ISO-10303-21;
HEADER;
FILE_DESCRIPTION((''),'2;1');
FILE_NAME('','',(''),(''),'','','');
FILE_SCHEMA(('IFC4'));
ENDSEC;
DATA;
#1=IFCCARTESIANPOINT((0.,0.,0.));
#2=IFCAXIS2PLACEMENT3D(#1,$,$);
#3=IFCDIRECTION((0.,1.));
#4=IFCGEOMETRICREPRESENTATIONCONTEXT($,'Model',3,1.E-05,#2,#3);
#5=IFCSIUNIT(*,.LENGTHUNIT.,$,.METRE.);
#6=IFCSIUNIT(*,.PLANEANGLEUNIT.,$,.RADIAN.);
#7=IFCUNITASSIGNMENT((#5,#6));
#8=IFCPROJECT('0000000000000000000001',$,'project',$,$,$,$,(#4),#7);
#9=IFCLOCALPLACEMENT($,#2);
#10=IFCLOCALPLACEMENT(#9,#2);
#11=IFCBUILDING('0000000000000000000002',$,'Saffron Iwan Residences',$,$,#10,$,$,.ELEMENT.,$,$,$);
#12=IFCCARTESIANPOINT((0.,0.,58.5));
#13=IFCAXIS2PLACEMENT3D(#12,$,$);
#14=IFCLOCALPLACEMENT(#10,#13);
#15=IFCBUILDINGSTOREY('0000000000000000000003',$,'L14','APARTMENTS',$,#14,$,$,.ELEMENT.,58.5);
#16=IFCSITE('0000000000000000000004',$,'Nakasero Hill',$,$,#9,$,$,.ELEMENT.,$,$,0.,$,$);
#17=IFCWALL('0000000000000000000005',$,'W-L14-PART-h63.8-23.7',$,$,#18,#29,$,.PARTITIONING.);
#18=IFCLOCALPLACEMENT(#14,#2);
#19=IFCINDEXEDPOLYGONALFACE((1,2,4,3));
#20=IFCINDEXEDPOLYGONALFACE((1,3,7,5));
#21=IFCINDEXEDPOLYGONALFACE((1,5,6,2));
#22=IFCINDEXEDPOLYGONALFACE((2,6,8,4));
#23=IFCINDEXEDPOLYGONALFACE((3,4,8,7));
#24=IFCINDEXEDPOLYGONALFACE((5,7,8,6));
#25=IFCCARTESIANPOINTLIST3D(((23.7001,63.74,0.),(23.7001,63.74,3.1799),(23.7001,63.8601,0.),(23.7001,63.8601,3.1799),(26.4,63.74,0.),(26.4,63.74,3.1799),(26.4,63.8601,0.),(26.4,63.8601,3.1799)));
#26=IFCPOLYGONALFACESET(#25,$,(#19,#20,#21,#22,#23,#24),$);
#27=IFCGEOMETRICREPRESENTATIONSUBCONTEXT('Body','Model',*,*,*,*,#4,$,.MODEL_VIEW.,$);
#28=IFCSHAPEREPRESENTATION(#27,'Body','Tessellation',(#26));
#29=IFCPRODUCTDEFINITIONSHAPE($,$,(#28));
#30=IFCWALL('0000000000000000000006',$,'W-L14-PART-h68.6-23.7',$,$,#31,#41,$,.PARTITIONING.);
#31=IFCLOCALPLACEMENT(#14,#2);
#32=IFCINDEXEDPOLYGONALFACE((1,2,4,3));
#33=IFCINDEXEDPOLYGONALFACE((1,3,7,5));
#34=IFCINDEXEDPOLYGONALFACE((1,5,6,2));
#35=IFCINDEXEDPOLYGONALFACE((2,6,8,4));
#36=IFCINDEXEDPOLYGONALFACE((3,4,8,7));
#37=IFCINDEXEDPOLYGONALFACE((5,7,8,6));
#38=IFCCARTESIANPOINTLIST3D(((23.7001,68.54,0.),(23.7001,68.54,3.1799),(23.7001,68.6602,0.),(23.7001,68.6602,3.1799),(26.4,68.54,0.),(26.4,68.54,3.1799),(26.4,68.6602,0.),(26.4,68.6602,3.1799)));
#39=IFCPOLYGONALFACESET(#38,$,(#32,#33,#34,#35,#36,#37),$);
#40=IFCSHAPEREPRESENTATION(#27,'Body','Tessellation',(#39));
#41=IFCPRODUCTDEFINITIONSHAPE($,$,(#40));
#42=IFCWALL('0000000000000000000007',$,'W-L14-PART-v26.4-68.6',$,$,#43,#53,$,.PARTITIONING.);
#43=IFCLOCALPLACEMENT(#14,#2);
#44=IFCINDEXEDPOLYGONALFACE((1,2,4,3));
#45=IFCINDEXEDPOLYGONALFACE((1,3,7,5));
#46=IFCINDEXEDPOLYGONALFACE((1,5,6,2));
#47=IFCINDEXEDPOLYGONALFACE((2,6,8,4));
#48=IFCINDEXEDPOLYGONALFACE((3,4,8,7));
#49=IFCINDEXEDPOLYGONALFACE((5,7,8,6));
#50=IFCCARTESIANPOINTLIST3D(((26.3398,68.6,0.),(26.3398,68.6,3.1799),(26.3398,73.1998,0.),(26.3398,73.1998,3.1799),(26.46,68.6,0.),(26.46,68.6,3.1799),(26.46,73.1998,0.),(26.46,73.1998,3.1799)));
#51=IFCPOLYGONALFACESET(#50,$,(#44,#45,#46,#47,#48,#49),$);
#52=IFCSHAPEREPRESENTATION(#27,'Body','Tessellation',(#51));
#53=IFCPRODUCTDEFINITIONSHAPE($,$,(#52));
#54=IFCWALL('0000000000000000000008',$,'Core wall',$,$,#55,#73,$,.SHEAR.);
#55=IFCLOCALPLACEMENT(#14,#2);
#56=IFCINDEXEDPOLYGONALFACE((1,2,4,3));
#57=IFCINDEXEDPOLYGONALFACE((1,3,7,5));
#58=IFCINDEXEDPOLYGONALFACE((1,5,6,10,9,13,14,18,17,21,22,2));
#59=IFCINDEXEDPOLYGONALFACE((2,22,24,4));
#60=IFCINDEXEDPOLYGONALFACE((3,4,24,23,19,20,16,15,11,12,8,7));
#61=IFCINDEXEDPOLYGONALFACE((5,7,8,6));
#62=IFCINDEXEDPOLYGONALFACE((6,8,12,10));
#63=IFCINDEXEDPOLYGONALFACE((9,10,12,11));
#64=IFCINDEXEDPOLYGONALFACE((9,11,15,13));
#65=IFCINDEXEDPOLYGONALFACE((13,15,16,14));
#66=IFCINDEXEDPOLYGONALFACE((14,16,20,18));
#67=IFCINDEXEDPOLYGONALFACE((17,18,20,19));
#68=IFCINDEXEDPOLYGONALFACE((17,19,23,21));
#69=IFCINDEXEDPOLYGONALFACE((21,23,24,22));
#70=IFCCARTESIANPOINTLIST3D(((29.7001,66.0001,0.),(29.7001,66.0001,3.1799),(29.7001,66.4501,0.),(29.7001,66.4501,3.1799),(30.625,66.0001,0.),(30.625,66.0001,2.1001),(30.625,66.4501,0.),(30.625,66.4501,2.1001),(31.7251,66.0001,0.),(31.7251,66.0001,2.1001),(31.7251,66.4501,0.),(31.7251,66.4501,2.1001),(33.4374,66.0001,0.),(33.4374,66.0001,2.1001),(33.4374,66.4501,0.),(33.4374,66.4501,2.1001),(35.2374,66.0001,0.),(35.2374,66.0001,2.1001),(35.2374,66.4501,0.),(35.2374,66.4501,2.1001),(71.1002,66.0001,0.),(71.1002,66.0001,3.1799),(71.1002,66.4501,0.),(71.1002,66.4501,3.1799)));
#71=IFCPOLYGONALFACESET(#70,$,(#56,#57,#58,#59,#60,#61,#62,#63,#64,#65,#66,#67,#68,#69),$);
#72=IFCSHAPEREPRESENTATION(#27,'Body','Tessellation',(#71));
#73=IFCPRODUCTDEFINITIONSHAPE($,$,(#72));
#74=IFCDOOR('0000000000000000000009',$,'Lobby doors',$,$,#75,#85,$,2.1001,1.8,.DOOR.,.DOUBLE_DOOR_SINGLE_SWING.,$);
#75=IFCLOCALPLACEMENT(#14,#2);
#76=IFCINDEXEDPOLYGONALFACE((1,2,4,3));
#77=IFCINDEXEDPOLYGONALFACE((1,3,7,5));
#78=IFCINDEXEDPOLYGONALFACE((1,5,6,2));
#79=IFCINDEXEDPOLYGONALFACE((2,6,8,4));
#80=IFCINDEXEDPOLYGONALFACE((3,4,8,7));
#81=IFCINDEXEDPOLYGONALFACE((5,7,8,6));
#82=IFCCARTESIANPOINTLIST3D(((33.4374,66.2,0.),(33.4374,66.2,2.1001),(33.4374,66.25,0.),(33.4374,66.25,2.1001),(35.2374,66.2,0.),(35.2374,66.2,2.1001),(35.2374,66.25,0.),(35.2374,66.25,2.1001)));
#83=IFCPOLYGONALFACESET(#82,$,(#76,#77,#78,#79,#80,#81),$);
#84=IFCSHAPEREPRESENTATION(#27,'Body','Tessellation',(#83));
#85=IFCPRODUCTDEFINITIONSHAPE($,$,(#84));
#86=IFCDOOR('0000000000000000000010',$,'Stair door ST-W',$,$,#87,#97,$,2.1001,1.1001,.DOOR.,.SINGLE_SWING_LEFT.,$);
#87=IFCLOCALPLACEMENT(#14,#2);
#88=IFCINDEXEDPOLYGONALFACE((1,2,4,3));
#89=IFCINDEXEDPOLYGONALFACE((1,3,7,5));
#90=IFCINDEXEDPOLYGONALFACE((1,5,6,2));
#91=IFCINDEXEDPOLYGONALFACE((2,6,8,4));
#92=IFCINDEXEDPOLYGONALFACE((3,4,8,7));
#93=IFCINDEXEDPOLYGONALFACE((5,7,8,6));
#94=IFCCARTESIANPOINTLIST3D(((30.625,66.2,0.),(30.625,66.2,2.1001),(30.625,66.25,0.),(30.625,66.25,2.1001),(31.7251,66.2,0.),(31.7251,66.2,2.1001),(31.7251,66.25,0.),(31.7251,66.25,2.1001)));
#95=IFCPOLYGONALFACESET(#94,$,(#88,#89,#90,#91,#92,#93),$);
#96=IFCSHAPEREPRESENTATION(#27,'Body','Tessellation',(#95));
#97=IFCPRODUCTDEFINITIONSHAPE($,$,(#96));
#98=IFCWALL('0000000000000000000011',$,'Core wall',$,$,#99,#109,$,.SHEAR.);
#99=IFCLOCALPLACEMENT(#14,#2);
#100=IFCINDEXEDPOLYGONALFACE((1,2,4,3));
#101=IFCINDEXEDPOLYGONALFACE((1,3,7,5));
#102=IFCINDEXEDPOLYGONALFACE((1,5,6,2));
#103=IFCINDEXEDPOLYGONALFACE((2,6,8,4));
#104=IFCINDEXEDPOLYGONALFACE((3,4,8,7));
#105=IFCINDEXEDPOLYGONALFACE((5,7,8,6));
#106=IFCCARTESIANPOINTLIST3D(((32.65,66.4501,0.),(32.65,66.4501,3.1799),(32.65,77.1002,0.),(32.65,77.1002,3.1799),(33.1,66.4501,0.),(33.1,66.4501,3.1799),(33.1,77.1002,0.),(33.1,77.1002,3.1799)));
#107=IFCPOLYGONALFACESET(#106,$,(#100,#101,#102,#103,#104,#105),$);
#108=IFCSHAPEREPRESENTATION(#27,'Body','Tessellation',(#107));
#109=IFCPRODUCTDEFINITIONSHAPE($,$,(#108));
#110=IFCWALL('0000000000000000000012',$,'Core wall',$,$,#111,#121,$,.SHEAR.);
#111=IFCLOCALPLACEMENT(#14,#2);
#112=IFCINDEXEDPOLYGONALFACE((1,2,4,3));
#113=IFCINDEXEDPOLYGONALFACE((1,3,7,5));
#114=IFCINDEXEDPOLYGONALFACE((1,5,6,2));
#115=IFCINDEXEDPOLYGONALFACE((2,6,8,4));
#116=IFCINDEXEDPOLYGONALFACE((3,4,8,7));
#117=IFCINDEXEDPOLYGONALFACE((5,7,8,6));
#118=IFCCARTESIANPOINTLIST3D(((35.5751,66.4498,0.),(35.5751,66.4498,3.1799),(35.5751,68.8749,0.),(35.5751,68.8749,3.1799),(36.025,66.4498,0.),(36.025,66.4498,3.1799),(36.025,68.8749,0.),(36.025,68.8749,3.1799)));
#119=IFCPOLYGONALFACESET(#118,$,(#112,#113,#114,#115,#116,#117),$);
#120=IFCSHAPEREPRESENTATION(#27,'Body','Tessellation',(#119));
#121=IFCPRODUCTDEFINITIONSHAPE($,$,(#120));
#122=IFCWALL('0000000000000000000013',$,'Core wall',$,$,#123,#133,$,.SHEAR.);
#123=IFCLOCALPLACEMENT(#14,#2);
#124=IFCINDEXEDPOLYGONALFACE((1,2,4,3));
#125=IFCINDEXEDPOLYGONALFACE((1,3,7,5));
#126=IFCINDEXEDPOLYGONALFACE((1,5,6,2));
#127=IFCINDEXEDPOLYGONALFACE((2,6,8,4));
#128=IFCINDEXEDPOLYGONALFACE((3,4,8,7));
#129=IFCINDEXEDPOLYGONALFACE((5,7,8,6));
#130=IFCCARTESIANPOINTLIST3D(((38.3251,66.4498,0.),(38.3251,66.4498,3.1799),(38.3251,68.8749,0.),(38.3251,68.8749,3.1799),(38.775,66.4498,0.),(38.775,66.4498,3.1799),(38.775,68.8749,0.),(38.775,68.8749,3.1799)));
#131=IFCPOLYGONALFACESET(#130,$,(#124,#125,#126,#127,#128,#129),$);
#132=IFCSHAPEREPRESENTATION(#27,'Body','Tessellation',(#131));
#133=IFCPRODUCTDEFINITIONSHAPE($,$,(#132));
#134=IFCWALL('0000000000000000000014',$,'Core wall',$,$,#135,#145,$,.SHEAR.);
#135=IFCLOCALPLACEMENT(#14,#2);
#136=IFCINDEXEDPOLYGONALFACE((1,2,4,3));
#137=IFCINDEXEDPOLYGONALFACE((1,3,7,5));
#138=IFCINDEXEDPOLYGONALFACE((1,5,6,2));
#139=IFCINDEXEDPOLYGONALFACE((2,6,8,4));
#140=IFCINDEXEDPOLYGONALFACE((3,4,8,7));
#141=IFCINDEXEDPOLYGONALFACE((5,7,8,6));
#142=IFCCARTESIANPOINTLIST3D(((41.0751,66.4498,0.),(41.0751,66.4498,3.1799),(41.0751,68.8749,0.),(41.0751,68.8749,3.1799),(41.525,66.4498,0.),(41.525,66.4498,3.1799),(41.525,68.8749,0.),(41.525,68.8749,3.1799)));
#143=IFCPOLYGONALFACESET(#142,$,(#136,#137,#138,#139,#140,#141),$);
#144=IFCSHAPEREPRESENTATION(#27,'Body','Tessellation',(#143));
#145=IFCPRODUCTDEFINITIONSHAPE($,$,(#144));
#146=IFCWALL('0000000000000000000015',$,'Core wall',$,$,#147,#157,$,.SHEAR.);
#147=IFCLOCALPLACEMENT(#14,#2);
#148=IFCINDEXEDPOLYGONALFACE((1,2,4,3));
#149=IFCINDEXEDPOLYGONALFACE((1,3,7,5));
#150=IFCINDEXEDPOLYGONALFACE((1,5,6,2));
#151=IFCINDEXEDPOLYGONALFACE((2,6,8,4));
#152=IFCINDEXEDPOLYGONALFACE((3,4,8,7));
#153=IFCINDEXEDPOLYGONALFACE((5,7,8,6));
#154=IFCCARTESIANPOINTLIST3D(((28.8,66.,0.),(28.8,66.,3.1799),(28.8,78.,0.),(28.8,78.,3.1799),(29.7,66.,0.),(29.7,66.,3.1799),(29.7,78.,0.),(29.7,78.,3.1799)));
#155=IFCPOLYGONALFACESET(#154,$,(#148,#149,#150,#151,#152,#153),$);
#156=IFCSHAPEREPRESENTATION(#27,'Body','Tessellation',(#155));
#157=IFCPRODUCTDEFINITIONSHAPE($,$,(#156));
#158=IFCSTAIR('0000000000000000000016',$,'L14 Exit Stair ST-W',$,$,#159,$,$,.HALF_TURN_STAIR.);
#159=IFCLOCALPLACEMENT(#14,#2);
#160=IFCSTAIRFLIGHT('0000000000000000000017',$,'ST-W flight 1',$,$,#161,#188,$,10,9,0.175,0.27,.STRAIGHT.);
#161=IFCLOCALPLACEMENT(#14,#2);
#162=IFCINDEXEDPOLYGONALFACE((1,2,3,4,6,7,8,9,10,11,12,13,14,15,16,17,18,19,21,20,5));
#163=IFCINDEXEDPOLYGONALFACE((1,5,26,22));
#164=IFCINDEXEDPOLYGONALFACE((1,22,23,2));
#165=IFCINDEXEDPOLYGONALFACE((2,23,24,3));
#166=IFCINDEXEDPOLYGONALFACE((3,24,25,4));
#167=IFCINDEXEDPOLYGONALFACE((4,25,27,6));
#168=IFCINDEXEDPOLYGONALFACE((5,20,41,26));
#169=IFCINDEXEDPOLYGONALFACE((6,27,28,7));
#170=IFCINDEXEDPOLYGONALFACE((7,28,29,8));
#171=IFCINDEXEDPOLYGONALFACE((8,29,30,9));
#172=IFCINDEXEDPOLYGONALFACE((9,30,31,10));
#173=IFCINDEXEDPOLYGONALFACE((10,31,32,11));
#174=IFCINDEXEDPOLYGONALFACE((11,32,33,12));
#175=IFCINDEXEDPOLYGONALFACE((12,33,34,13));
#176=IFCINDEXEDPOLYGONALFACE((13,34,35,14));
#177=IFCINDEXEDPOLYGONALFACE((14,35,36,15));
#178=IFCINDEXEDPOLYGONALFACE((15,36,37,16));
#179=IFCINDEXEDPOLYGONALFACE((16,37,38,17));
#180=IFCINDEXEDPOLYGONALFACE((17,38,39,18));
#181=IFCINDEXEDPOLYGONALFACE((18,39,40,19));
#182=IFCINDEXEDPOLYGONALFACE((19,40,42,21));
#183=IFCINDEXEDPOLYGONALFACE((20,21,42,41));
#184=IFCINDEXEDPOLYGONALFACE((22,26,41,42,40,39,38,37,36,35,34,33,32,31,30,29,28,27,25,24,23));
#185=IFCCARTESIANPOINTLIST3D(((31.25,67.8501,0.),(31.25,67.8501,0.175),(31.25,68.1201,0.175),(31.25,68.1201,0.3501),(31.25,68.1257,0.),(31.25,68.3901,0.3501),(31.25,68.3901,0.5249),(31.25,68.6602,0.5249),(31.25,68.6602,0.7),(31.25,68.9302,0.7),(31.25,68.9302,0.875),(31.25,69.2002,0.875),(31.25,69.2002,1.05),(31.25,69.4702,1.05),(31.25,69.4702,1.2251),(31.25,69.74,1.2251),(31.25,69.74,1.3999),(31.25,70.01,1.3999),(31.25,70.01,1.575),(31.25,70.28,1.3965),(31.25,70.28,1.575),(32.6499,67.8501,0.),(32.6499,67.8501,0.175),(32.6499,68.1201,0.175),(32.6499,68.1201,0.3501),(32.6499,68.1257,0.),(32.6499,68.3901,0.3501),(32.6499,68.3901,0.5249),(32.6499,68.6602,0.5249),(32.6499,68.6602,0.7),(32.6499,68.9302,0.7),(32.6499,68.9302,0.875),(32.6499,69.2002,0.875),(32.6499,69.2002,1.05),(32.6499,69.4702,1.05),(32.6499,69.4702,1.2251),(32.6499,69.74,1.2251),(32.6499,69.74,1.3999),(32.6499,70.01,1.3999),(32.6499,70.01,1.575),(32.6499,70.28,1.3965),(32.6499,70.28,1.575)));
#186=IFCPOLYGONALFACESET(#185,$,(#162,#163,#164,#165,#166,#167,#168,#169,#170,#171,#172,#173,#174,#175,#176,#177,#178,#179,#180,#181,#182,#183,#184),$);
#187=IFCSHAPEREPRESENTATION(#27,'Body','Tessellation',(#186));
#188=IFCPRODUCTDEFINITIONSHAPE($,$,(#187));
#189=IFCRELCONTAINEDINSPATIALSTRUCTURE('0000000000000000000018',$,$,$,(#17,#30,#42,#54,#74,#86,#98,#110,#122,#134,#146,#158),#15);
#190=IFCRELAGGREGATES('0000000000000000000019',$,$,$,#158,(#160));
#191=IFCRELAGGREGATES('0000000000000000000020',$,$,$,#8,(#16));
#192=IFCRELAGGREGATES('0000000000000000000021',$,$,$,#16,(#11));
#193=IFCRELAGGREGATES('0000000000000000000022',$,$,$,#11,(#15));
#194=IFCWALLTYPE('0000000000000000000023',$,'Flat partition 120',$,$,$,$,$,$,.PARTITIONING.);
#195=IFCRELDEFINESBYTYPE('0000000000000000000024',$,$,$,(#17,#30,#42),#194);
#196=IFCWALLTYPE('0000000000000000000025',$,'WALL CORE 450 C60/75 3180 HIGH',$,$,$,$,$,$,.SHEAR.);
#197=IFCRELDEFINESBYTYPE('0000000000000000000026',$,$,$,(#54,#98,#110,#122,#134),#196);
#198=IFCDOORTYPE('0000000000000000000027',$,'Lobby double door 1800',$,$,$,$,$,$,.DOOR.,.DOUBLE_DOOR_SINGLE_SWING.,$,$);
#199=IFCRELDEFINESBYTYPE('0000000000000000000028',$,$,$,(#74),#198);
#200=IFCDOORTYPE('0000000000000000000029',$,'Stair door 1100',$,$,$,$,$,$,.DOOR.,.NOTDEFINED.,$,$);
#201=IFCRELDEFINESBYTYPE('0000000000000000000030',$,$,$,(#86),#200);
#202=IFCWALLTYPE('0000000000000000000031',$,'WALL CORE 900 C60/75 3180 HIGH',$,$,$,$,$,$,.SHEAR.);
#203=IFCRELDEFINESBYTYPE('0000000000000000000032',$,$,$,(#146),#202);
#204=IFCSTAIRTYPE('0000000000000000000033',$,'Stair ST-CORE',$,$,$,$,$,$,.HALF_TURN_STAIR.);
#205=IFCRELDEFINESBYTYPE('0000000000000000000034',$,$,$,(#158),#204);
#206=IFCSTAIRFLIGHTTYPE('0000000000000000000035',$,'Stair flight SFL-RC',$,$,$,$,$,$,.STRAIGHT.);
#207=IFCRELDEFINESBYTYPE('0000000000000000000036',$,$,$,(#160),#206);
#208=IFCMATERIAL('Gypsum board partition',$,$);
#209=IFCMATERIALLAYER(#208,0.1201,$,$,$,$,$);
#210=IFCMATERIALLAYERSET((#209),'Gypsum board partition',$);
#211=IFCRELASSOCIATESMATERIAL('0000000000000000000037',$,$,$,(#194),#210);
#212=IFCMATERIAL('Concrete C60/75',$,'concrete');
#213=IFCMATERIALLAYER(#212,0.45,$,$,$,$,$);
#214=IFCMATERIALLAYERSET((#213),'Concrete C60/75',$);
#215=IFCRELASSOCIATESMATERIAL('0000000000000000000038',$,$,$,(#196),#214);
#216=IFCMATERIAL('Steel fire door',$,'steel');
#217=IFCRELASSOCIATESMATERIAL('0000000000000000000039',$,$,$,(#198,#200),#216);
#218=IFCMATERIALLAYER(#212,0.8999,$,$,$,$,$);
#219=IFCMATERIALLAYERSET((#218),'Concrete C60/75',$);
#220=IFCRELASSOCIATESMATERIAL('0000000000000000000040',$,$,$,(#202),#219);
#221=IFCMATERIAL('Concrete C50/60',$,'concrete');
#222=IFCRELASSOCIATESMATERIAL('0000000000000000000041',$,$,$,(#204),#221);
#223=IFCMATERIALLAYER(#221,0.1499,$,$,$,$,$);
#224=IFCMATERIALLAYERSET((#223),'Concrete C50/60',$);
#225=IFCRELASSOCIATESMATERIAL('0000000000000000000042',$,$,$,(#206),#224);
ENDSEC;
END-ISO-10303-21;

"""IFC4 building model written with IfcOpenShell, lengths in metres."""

from ifc_helpers import new_model, si_unit, direction, frame, frame_2d, origin, place, context, subcontext, project, spatial, polyline, rectangle, outline, extrude, material, layer, layer_set, type_object, element, fill, aggregate, save


model = new_model("IFC4")

# Units and contexts
model_context = context("Model", 3, precision=1e-05, world=origin(), true_north=direction((0.0, 1.0)))
body_context = subcontext(model_context, "Body", "Model", "MODEL_VIEW")
ifc_project = project(units=[si_unit("LENGTHUNIT", "METRE"), si_unit("PLANEANGLEUNIT", "RADIAN")], contexts=[model_context])

# Site, building, storey
site_placement = place(None, origin())
site = spatial("IfcSite", under=ifc_project, at=site_placement, Name="Nakasero Hill", CompositionType="ELEMENT", RefElevation=0.0)
building_placement = place(site_placement, origin())
building = spatial("IfcBuilding", under=site, at=building_placement, Name="Saffron Iwan Residences", CompositionType="ELEMENT")
storey_placement = place(building_placement, frame((0.0, 0.0, 58.5)))
storey = spatial("IfcBuildingStorey", under=building, at=storey_placement, Name="L14", Description="APARTMENTS", CompositionType="ELEMENT", Elevation=58.5)

# Walls
ifc_material_1 = material(Name="Gypsum board partition")
ifc_layer_1 = layer(ifc_material_1, 0.1201)
ifc_layer_set_1 = layer_set([ifc_layer_1], Name="Gypsum board partition")
wall_type_1 = type_object("IfcWallType", Name="Flat partition 120", PredefinedType="PARTITIONING", material=ifc_layer_set_1)
for number, where, z_axis, x_axis, name in (
    (1, (23.7, 63.8, 0.0), (0.0, 0.0, 1.0), (1.0, 0.0, 0.0), "W-L14-PART-h63.8-23.7"),
    (2, (23.7, 68.6001, 0.0), (0.0, 0.0, 1.0), (1.0, 0.0, 0.0), "W-L14-PART-h68.6-23.7"),
):
    element("IfcWall", number, at=place(storey_placement, frame(where, z_axis=z_axis, x_axis=x_axis)), inside=storey, type_object=wall_type_1, Name=name, PredefinedType="PARTITIONING", context=body_context, shape_type="SweptSolid", body=[
        extrude(rectangle(XDim=2.7, YDim=0.1201, at=frame_2d((1.3501, 0.0))), origin(), (0.0, 0.0, 1.0), 3.1799),
    ])
wall_1_placement = place(storey_placement, frame((26.3999, 68.6001, 0.0), z_axis=(0.0, 0.0, 1.0), x_axis=(0.0, 1.0, 0.0)))
element("IfcWall", 3, at=wall_1_placement, inside=storey, type_object=wall_type_1, Name="W-L14-PART-v26.4-68.6", PredefinedType="PARTITIONING", context=body_context, shape_type="SweptSolid", body=[
    extrude(rectangle(XDim=4.5999, YDim=0.1201, at=frame_2d((2.2998, 0.0))), origin(), (0.0, 0.0, 1.0), 3.1799),
])

# Wall, openings, doors
ifc_material_2 = material(Name="Concrete C60/75", Category="concrete")
ifc_layer_2 = layer(ifc_material_2, 0.45)
ifc_layer_set_2 = layer_set([ifc_layer_2], Name="Concrete C60/75")
wall_type_2 = type_object("IfcWallType", Name="WALL CORE 450 C60/75 3180 HIGH", PredefinedType="SHEAR", material=ifc_layer_set_2)
wall_2_placement = place(storey_placement, frame((29.7, 66.2251, 0.0), z_axis=(0.0, 0.0, 1.0), x_axis=(1.0, 0.0, 0.0)))
wall_2 = element("IfcWall", 4, at=wall_2_placement, inside=storey, type_object=wall_type_2, Name="Core wall", PredefinedType="SHEAR", context=body_context, shape_type="SweptSolid", body=[
    extrude(rectangle(XDim=41.4001, YDim=0.45, at=frame_2d((20.7002, 0.0))), origin(), (0.0, 0.0, 1.0), 3.1799),
])
opening_1_placement = place(wall_2_placement, frame((0.925, 0.0, 0.0)))
opening_1 = element("IfcOpeningElement", 5, at=opening_1_placement, cuts=wall_2, PredefinedType="OPENING", context=body_context, shape_type="SweptSolid", body=[
    extrude(rectangle(XDim=1.1001, YDim=2.1001, at=frame_2d((0.55, 1.05))), frame((0.0, 0.2349, 0.0), z_axis=(0.0, -1.0, 0.0), x_axis=(1.0, 0.0, 0.0)), (0.0, 0.0, 1.0), 0.47),
])
opening_2_placement = place(wall_2_placement, frame((3.7375, 0.0, 0.0)))
opening_2 = element("IfcOpeningElement", 6, at=opening_2_placement, cuts=wall_2, PredefinedType="OPENING", context=body_context, shape_type="SweptSolid", body=[
    extrude(rectangle(XDim=1.8, YDim=2.1001, at=frame_2d((0.8999, 1.05))), frame((0.0, 0.2349, 0.0), z_axis=(0.0, -1.0, 0.0), x_axis=(1.0, 0.0, 0.0)), (0.0, 0.0, 1.0), 0.47),
])
ifc_material_3 = material(Name="Steel fire door", Category="steel")
door_type_1 = type_object("IfcDoorType", Name="Lobby double door 1800", OperationType="DOUBLE_DOOR_SINGLE_SWING", PredefinedType="DOOR", material=ifc_material_3)
door_1_placement = place(opening_2_placement, origin())
door_1 = element("IfcDoor", 7, at=door_1_placement, inside=storey, type_object=door_type_1, Name="Lobby doors", OperationType="DOUBLE_DOOR_SINGLE_SWING", OverallHeight=2.1001, OverallWidth=1.8, PredefinedType="DOOR", context=body_context, shape_type="SweptSolid", body=[
    extrude(rectangle(XDim=1.8, YDim=2.1001, at=frame_2d((0.8999, 1.05))), frame((0.0, 0.0249, 0.0), z_axis=(0.0, -1.0, 0.0), x_axis=(1.0, 0.0, 0.0)), (0.0, 0.0, 1.0), 0.05),
])
fill(opening_2, door_1)
door_type_2 = type_object("IfcDoorType", Name="Stair door 1100", OperationType="NOTDEFINED", PredefinedType="DOOR", material=ifc_material_3)
door_2_placement = place(opening_1_placement, origin())
door_2 = element("IfcDoor", 8, at=door_2_placement, inside=storey, type_object=door_type_2, Name="Stair door ST-W", OperationType="SINGLE_SWING_LEFT", OverallHeight=2.1001, OverallWidth=1.1001, PredefinedType="DOOR", context=body_context, shape_type="SweptSolid", body=[
    extrude(rectangle(XDim=1.1001, YDim=2.1001, at=frame_2d((0.55, 1.05))), frame((0.0, 0.0249, 0.0), z_axis=(0.0, -1.0, 0.0), x_axis=(1.0, 0.0, 0.0)), (0.0, 0.0, 1.0), 0.05),
])
fill(opening_1, door_2)

# Walls
wall_3_placement = place(storey_placement, frame((32.875, 66.45, 0.0), z_axis=(0.0, 0.0, 1.0), x_axis=(0.0, 1.0, 0.0)))
element("IfcWall", 9, at=wall_3_placement, inside=storey, type_object=wall_type_2, Name="Core wall", PredefinedType="SHEAR", context=body_context, shape_type="SweptSolid", body=[
    extrude(rectangle(XDim=10.6501, YDim=0.45, at=frame_2d((5.3252, 0.0))), origin(), (0.0, 0.0, 1.0), 3.1799),
])
for number, where, z_axis, x_axis, name in (
    (10, (35.8, 66.45, 0.0), (0.0, 0.0, 1.0), (0.0, 1.0, 0.0), "Core wall"),
    (11, (38.55, 66.45, 0.0), (0.0, 0.0, 1.0), (0.0, 1.0, 0.0), "Core wall"),
    (12, (41.3, 66.45, 0.0), (0.0, 0.0, 1.0), (0.0, 1.0, 0.0), "Core wall"),
):
    element("IfcWall", number, at=place(storey_placement, frame(where, z_axis=z_axis, x_axis=x_axis)), inside=storey, type_object=wall_type_2, Name=name, PredefinedType="SHEAR", context=body_context, shape_type="SweptSolid", body=[
        extrude(rectangle(XDim=2.425, YDim=0.45, at=frame_2d((1.2124, 0.0))), origin(), (0.0, 0.0, 1.0), 3.1799),
    ])
ifc_layer_3 = layer(ifc_material_2, 0.8999)
ifc_layer_set_3 = layer_set([ifc_layer_3], Name="Concrete C60/75")
wall_type_3 = type_object("IfcWallType", Name="WALL CORE 900 C60/75 3180 HIGH", PredefinedType="SHEAR", material=ifc_layer_set_3)
wall_4_placement = place(storey_placement, frame((29.25, 66.0, 0.0), z_axis=(0.0, 0.0, 1.0), x_axis=(0.0, 1.0, 0.0)))
element("IfcWall", 13, at=wall_4_placement, inside=storey, type_object=wall_type_3, Name="Core wall", PredefinedType="SHEAR", context=body_context, shape_type="SweptSolid", body=[
    extrude(rectangle(XDim=12.0, YDim=0.8999, at=frame_2d((6.0, 0.0))), origin(), (0.0, 0.0, 1.0), 3.1799),
])

# Stair, stair flight
ifc_material_4 = material(Name="Concrete C50/60", Category="concrete")
stair_type = type_object("IfcStairType", Name="Stair ST-CORE", PredefinedType="HALF_TURN_STAIR", material=ifc_material_4)
stair_placement = place(storey_placement, origin())
stair = element("IfcStair", 14, at=stair_placement, inside=storey, type_object=stair_type, Name="L14 Exit Stair ST-W", PredefinedType="HALF_TURN_STAIR")
ifc_layer_4 = layer(ifc_material_4, 0.1499)
ifc_layer_set_4 = layer_set([ifc_layer_4], Name="Concrete C50/60")
stair_flight_type = type_object("IfcStairFlightType", Name="Stair flight SFL-RC", PredefinedType="STRAIGHT", material=ifc_layer_set_4)
stair_flight_placement = place(storey_placement, frame((31.95, 67.8501, 0.0), z_axis=(0.0, 0.0, 1.0), x_axis=(0.0, 1.0, 0.0)))
stair_flight = element("IfcStairFlight", 15, at=stair_flight_placement, type_object=stair_flight_type, Name="ST-W flight 1", NumberOfRisers=10, NumberOfTreads=9, PredefinedType="STRAIGHT", RiserHeight=0.175, TreadLength=0.27, context=body_context, shape_type="SweptSolid", body=[
    extrude(outline(polyline([(0.0, 0.0), (0.0, 0.175), (0.27, 0.175), (0.27, 0.3501), (0.54, 0.3501), (0.54, 0.5249), (0.8101, 0.5249), (0.8101, 0.7), (1.0801, 0.7), (1.0801, 0.875), (1.3501, 0.875), (1.3501, 1.05), (1.6201, 1.05), (1.6201, 1.2251), (1.8899, 1.2251), (1.8899, 1.3999), (2.1599, 1.3999), (2.1599, 1.575), (2.4299, 1.575), (2.4299, 1.75), (2.4299, 1.3965), (0.2756, 0.0), (0.0, 0.0)])), frame((0.0, 0.7, 0.0), z_axis=(0.0, -1.0, 0.0), x_axis=(1.0, 0.0, 0.0)), (0.0, 0.0, 1.0), 1.3999),
])
aggregate(stair, [stair_flight])

save(model, "model.ifc")
